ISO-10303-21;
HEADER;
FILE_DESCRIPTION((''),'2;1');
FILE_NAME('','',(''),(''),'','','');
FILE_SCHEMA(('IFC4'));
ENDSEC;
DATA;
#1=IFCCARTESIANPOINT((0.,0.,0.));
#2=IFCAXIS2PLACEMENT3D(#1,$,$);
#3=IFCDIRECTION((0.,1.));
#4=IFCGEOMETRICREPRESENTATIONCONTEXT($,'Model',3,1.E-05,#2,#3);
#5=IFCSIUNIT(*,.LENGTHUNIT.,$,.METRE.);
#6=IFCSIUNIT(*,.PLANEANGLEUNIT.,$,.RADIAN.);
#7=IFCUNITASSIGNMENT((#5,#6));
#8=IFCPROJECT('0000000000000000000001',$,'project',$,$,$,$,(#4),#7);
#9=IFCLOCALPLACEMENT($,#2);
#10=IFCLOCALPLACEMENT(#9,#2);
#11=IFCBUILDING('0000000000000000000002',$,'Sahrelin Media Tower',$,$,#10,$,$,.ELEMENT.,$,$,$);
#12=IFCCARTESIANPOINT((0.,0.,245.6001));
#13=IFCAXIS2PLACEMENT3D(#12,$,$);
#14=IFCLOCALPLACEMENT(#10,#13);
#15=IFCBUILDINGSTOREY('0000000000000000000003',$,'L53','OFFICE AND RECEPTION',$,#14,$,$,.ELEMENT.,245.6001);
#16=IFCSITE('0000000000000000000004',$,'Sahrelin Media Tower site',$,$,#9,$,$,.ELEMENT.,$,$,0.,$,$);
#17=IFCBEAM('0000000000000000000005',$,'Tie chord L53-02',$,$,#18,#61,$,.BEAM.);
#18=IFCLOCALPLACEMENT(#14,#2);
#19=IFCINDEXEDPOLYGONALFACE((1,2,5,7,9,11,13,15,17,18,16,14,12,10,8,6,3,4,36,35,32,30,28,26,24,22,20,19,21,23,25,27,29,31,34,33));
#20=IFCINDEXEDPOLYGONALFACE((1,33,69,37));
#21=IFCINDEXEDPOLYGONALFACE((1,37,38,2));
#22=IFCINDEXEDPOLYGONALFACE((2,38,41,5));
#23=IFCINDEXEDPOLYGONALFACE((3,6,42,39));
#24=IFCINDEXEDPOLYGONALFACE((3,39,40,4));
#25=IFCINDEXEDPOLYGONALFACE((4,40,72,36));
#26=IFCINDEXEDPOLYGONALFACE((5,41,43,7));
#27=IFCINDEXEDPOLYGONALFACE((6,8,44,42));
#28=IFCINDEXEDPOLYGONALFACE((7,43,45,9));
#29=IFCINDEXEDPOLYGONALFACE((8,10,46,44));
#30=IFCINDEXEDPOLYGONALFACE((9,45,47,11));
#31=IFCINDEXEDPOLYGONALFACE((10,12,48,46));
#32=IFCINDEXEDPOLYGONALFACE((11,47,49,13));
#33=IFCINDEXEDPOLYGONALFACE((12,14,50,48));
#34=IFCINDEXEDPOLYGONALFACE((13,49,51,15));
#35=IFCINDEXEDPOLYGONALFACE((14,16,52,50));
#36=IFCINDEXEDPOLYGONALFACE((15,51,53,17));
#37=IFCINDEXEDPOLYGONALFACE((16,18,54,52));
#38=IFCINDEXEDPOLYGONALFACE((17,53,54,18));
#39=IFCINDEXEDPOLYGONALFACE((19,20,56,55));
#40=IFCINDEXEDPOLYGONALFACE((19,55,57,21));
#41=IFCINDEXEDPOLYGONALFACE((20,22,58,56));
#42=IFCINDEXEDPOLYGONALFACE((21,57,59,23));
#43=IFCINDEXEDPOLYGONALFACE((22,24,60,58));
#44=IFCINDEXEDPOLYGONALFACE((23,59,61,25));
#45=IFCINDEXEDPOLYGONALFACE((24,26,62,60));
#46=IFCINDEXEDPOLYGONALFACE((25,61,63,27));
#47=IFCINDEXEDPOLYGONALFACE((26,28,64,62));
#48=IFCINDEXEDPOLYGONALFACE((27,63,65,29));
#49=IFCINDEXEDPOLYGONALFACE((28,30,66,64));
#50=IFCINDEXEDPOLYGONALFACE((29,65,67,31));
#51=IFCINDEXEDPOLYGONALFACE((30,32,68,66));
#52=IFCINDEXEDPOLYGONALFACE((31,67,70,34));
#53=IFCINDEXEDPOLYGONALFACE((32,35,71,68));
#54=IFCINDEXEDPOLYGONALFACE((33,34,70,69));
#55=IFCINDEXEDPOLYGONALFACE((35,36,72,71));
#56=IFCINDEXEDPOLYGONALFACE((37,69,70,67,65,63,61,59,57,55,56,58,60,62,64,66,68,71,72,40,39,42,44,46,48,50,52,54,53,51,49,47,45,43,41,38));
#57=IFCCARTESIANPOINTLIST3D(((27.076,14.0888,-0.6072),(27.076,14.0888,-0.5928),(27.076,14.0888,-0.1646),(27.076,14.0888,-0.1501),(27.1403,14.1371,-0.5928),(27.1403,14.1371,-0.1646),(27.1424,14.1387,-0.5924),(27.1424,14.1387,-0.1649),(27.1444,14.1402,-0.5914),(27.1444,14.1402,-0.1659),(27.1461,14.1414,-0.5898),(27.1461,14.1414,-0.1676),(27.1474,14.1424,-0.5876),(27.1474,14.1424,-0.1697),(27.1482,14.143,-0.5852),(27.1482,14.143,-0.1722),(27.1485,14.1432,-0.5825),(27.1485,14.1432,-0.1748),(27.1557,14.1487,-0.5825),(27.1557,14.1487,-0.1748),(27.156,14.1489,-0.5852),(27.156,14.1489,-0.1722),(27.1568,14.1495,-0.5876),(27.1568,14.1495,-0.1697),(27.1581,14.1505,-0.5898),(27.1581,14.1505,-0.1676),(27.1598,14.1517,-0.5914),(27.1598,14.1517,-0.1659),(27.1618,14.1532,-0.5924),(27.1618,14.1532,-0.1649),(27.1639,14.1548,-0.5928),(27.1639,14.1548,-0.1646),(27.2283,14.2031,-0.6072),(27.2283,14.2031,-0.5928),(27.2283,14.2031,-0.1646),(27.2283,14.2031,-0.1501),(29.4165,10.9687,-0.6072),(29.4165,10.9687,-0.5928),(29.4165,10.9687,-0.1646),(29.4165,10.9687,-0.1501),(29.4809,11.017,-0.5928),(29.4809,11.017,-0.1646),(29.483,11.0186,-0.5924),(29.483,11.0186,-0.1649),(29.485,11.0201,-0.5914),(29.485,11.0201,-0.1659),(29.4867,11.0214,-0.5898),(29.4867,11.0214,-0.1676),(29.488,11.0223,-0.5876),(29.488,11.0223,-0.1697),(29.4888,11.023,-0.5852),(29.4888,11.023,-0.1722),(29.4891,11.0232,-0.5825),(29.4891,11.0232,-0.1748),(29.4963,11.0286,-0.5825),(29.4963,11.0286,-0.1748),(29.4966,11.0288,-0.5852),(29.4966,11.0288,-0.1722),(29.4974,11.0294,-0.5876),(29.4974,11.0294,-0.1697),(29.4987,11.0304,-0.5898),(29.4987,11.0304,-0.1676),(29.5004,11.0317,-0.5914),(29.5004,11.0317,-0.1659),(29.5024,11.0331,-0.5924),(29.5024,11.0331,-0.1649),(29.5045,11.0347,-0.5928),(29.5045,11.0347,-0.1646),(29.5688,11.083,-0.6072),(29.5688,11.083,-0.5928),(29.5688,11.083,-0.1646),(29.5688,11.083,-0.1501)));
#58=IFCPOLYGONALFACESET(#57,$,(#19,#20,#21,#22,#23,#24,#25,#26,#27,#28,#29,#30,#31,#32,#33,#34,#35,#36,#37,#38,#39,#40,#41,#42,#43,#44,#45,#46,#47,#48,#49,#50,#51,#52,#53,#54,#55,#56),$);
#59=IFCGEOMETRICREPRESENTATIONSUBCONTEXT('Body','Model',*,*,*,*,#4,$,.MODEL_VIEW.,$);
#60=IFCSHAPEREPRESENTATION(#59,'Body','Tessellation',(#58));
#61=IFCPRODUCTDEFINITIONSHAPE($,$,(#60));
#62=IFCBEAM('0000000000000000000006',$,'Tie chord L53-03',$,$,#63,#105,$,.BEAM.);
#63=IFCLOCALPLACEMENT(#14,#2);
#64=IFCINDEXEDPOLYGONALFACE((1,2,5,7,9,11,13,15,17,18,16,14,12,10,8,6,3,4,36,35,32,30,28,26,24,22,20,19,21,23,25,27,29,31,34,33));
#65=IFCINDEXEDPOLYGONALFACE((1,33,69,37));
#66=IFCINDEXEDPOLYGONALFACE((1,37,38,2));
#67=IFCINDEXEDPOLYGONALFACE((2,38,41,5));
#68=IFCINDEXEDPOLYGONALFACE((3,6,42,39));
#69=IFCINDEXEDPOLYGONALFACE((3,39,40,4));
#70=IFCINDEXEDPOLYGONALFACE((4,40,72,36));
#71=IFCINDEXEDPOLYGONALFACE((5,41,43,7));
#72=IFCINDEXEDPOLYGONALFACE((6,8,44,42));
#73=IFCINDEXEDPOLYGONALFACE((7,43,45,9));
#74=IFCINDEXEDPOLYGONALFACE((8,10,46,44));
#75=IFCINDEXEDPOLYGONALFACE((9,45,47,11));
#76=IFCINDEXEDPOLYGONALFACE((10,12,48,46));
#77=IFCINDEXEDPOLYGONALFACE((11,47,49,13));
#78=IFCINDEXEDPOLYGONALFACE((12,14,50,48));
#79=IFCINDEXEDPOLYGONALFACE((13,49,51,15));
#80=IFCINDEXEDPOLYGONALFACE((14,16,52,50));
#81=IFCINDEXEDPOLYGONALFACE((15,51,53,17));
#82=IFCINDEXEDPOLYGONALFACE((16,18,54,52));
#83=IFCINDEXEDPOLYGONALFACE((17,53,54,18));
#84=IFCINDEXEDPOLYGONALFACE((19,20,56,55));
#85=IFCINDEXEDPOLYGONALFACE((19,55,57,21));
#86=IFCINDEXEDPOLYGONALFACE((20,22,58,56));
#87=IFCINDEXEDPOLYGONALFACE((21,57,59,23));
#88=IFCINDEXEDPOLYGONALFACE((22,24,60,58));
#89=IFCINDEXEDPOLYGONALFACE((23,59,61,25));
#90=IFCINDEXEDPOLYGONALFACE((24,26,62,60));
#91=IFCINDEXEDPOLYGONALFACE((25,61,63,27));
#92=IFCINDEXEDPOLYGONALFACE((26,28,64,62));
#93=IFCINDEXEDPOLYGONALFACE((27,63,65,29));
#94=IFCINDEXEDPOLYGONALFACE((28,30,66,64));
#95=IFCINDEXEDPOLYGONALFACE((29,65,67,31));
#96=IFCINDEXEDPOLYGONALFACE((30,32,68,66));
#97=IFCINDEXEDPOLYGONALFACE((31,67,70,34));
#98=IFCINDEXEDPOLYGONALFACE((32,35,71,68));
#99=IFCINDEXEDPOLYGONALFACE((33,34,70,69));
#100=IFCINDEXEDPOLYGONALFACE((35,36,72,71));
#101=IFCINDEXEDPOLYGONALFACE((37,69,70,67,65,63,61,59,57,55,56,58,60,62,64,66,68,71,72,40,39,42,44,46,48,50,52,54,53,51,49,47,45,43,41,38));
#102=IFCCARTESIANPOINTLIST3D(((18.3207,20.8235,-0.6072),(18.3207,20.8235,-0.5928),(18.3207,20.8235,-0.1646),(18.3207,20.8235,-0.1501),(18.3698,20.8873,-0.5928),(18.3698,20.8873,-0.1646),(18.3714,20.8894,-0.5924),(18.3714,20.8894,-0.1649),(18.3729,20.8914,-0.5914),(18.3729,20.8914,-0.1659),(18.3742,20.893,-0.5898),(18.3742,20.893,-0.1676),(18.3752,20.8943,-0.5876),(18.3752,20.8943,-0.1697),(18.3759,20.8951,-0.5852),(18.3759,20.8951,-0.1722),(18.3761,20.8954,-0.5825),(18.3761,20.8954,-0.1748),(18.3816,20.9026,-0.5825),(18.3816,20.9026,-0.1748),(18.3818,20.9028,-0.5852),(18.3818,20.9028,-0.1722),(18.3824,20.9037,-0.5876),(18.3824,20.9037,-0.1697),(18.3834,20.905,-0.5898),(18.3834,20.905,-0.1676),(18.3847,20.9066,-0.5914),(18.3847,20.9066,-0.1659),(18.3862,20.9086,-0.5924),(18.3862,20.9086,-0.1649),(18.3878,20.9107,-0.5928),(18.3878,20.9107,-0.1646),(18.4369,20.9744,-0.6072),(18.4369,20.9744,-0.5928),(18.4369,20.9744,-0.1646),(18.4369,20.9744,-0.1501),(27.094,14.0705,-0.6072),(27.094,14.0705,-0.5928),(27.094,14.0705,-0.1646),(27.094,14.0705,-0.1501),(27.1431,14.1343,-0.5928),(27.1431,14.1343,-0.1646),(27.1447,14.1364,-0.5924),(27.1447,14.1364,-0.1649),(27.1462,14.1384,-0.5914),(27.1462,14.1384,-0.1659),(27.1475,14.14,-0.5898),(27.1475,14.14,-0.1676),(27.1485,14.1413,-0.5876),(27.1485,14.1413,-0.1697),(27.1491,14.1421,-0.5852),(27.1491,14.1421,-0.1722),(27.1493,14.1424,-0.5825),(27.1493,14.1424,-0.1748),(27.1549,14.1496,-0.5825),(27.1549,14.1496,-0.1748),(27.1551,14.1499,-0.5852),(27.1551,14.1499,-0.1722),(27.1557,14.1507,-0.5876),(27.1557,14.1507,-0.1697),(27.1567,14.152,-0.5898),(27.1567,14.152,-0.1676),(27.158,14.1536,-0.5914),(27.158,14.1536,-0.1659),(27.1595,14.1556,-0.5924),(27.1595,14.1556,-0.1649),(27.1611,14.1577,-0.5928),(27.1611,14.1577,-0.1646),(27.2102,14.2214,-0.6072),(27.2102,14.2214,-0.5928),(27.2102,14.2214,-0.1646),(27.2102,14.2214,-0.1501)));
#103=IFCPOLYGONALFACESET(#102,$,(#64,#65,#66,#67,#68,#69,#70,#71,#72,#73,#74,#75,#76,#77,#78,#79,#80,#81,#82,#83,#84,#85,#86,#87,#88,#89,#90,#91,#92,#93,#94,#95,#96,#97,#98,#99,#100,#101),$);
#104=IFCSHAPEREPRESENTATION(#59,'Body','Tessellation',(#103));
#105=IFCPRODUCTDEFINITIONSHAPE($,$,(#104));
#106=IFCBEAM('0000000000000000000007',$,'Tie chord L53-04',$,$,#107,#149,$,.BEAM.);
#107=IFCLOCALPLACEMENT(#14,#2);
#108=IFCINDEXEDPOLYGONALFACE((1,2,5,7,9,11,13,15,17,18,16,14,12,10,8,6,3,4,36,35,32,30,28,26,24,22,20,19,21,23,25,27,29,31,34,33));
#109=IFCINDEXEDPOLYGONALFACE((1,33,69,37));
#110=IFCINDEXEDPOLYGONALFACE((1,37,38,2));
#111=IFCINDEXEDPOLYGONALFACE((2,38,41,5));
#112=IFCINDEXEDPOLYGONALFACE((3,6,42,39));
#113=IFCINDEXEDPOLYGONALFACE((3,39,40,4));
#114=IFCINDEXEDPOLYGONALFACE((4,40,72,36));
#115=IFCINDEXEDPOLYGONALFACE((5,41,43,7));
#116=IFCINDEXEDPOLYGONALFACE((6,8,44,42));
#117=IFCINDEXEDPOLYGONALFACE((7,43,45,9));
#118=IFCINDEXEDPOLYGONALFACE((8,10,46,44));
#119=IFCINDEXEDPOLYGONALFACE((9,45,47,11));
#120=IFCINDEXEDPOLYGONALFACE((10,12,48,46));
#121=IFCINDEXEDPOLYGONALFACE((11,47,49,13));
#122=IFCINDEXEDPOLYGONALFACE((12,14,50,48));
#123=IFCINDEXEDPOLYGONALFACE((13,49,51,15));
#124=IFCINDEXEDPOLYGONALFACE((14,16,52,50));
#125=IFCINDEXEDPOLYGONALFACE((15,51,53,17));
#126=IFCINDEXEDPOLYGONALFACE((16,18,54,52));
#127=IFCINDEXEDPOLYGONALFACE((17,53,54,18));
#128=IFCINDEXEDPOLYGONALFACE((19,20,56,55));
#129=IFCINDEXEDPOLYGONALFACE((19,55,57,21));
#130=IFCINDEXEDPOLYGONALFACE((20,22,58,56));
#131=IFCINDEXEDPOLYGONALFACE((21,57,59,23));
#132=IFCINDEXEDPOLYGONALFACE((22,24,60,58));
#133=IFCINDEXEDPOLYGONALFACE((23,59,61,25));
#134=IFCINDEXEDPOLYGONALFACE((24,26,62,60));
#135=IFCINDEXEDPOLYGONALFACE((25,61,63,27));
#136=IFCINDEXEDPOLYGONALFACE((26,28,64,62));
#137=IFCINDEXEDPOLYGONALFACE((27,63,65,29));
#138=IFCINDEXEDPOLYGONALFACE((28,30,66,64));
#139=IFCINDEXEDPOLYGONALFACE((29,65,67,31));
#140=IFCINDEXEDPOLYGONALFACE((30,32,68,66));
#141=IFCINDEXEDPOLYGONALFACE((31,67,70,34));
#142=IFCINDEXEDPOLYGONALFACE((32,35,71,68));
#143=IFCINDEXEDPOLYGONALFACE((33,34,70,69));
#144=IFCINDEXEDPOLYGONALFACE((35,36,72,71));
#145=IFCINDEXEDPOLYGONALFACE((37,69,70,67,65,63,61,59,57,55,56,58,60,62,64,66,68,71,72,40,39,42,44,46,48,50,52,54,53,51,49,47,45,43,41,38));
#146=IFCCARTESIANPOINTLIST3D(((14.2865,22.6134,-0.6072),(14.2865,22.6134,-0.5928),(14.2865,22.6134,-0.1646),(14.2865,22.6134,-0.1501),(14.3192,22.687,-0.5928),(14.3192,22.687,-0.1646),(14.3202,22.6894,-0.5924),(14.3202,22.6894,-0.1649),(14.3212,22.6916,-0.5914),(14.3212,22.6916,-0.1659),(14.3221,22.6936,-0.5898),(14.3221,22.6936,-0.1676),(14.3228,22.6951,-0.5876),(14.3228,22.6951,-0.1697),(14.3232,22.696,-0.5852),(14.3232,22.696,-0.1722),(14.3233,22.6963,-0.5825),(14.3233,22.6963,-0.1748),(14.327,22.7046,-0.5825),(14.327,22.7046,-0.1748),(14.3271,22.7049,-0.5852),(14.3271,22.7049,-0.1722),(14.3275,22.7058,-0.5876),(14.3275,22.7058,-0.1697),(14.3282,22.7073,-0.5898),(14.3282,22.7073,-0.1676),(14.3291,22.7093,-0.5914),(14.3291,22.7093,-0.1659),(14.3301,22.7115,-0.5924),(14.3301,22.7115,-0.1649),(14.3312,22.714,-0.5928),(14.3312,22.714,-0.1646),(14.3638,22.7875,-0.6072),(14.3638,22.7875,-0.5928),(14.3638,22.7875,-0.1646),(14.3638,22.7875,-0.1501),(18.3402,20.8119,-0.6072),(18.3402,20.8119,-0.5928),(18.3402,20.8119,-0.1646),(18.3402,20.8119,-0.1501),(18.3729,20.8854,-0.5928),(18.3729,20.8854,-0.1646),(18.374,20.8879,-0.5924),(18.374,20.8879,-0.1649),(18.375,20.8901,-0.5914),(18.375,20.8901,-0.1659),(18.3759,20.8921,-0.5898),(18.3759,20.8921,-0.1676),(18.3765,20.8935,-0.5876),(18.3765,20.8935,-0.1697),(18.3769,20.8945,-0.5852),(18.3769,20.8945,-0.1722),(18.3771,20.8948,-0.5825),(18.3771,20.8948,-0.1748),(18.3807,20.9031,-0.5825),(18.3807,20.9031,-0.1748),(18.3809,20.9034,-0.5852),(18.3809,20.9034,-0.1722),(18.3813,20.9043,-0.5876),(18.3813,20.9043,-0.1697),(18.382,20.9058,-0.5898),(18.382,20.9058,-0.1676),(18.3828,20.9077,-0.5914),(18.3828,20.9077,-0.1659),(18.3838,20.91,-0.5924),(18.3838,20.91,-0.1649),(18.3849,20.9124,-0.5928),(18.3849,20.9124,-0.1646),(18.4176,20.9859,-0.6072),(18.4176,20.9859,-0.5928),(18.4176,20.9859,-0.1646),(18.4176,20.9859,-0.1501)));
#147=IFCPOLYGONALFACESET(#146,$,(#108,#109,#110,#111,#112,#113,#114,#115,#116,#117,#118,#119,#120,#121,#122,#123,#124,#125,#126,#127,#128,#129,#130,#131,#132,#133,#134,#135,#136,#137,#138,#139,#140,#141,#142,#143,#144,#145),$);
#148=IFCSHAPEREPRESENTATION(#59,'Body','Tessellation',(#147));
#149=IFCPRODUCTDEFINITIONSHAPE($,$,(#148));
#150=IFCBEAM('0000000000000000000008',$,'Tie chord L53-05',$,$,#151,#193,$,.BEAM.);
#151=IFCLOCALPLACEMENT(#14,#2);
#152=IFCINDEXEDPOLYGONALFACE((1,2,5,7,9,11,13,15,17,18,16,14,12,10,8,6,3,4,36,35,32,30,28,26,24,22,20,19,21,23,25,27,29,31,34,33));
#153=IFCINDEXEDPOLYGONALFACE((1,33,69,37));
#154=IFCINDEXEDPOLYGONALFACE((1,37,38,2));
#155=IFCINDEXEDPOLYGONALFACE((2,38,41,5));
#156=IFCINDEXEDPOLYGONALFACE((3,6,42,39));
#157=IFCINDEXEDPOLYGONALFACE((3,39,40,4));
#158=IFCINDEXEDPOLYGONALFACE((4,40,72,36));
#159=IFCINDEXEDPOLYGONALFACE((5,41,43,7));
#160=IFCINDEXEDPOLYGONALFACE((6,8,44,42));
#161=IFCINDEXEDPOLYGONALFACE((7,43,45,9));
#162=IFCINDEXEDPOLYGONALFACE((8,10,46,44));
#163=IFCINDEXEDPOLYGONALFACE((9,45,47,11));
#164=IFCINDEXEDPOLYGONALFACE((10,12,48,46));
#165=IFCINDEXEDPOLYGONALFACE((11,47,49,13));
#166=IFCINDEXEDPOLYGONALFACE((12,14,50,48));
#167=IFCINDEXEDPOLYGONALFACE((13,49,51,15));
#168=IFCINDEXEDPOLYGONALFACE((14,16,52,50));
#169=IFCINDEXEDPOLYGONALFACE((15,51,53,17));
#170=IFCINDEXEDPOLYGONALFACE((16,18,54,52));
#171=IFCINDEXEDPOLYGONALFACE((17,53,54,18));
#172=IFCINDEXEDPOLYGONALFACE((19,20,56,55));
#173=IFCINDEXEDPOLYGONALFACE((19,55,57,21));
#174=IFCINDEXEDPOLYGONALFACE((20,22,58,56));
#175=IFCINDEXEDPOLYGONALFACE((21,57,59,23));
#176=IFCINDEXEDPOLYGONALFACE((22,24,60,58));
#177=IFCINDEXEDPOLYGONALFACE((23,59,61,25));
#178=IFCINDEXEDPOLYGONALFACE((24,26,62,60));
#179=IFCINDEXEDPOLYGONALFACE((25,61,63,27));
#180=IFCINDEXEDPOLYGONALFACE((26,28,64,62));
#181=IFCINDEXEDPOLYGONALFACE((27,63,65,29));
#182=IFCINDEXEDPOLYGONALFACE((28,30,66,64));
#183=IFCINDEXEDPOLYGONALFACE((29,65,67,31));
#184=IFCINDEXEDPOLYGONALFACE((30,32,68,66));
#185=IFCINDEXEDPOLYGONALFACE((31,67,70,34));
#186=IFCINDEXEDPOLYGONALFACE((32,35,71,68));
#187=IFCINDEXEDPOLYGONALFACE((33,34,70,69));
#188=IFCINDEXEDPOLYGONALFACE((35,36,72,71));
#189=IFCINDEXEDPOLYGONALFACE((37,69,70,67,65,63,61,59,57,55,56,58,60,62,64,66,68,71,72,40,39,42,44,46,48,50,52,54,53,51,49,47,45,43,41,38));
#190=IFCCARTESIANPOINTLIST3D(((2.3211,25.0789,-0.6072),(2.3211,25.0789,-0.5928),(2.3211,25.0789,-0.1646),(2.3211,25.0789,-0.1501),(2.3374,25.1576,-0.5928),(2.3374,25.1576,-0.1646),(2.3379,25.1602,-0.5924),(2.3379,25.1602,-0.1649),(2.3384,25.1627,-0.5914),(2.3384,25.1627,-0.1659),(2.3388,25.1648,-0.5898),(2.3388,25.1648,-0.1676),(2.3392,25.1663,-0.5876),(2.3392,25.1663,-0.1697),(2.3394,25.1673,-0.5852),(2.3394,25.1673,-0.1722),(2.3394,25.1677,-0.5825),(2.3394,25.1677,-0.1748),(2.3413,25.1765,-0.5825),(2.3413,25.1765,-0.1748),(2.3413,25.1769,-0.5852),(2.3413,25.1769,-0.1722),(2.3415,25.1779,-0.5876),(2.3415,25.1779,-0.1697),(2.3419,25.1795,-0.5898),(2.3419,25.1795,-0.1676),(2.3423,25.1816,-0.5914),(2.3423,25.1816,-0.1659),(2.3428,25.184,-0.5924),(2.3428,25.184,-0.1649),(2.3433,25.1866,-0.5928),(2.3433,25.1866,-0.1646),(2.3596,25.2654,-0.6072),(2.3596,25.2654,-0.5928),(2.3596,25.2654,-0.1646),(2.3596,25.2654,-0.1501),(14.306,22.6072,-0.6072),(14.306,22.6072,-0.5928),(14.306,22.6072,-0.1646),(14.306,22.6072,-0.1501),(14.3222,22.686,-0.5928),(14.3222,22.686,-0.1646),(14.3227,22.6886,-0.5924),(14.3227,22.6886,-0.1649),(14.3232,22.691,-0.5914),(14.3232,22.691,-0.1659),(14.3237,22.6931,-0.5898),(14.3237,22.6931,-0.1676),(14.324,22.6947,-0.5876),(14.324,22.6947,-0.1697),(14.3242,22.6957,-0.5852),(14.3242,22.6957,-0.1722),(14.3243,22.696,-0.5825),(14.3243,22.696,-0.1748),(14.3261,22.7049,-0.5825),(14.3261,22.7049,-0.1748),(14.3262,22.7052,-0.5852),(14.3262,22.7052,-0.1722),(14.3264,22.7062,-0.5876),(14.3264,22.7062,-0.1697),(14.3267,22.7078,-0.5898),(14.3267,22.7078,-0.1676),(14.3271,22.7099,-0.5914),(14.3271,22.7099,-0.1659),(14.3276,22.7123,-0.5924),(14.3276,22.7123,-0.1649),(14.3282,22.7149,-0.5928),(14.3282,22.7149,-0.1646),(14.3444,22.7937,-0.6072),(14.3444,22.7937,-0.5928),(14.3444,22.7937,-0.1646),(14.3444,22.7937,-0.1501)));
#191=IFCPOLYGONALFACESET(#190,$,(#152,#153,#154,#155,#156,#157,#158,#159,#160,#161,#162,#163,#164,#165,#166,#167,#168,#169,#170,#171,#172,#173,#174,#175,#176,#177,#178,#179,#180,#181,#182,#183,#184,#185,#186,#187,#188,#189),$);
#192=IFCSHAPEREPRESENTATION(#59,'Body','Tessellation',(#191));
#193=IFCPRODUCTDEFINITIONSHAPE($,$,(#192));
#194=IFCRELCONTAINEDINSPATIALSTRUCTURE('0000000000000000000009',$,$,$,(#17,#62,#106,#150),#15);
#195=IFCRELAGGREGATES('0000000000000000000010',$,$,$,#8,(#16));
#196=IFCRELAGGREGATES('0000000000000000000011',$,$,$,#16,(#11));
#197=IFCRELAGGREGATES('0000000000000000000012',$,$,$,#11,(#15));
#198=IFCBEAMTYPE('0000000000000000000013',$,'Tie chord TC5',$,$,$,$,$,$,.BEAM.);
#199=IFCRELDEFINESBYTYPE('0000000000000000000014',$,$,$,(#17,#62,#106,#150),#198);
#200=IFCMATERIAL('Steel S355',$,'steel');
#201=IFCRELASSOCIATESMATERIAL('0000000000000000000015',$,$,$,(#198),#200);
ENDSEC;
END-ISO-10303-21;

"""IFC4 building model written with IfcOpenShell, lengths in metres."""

from ifc_helpers import new_model, si_unit, direction, frame, origin, origin_2d, place, context, subcontext, project, spatial, i_section, extrude, material, material_profile, profile_set, type_object, element, save


model = new_model("IFC4")

# Units and contexts
model_context = context("Model", 3, precision=1e-05, world=origin(), true_north=direction((0.0, 1.0)))
body_context = subcontext(model_context, "Body", "Model", "MODEL_VIEW")
ifc_project = project(units=[si_unit("LENGTHUNIT", "METRE"), si_unit("PLANEANGLEUNIT", "RADIAN")], contexts=[model_context])

# Site, building, storey
site_placement = place(None, origin())
site = spatial("IfcSite", under=ifc_project, at=site_placement, Name="Sahrelin Media Tower site", CompositionType="ELEMENT", RefElevation=0.0)
building_placement = place(site_placement, origin())
building = spatial("IfcBuilding", under=site, at=building_placement, Name="Sahrelin Media Tower", CompositionType="ELEMENT")
storey_placement = place(building_placement, frame((0.0, 0.0, 245.6001)))
storey = spatial("IfcBuildingStorey", under=building, at=storey_placement, Name="L53", Description="OFFICE AND RECEPTION", CompositionType="ELEMENT", Elevation=245.6001)

# Shared definitions
ifc_material_1 = material(Name="Steel S355", Category="steel")

# Beams
ifc_material_profile_1 = material_profile(ifc_material_1, i_section(OverallWidth=0.1904, OverallDepth=0.457, WebThickness=0.009, FlangeThickness=0.0144, FilletRadius=0.0103, at=origin_2d()), Name="UB 457x191x74")
ifc_profile_set_1 = profile_set([ifc_material_profile_1], Name="Steel S355")
beam_type_1 = type_object("IfcBeamType", Name="Tie chord TC5", PredefinedType="BEAM", material=ifc_profile_set_1)
beam_1_placement = place(storey_placement, frame((29.4927, 11.0259, -0.3787), z_axis=(-0.60008, 0.79994, 0.0), x_axis=(-0.79994, -0.60008, 0.0)))
element("IfcBeam", 1, at=beam_1_placement, inside=storey, type_object=beam_type_1, Name="Tie chord L53-02", PredefinedType="BEAM", context=body_context, shape_type="SweptSolid", body=[
    extrude(i_section(OverallWidth=0.1904, OverallDepth=0.457, WebThickness=0.009, FlangeThickness=0.0144, FilletRadius=0.0103, at=origin_2d()), origin(), (0.0, 0.0, 1.0), 3.9004),
])
beam_2_placement = place(storey_placement, frame((27.1521, 14.146, -0.3787), z_axis=(-0.792435, 0.609956, 0.0), x_axis=(-0.609956, -0.792435, 0.0)))
element("IfcBeam", 2, at=beam_2_placement, inside=storey, type_object=beam_type_1, Name="Tie chord L53-03", PredefinedType="BEAM", context=body_context, shape_type="SweptSolid", body=[
    extrude(i_section(OverallWidth=0.1904, OverallDepth=0.457, WebThickness=0.009, FlangeThickness=0.0144, FilletRadius=0.0103, at=origin_2d()), origin(), (0.0, 0.0, 1.0), 11.0713),
])
beam_3_placement = place(storey_placement, frame((18.3789, 20.8989, -0.3787), z_axis=(-0.913823, 0.406113, 0.0), x_axis=(-0.406113, -0.913823, 0.0)))
element("IfcBeam", 3, at=beam_3_placement, inside=storey, type_object=beam_type_1, Name="Tie chord L53-04", PredefinedType="BEAM", context=body_context, shape_type="SweptSolid", body=[
    extrude(i_section(OverallWidth=0.1904, OverallDepth=0.457, WebThickness=0.009, FlangeThickness=0.0144, FilletRadius=0.0103, at=origin_2d()), origin(), (0.0, 0.0, 1.0), 4.436),
])
beam_4_placement = place(storey_placement, frame((14.3252, 22.7004, -0.3787), z_axis=(-0.979389, 0.201983, 0.0), x_axis=(-0.201983, -0.979389, 0.0)))
element("IfcBeam", 4, at=beam_4_placement, inside=storey, type_object=beam_type_1, Name="Tie chord L53-05", PredefinedType="BEAM", context=body_context, shape_type="SweptSolid", body=[
    extrude(i_section(OverallWidth=0.1904, OverallDepth=0.457, WebThickness=0.009, FlangeThickness=0.0144, FilletRadius=0.0103, at=origin_2d()), origin(), (0.0, 0.0, 1.0), 12.2371),
])

save(model, "model.ifc")
